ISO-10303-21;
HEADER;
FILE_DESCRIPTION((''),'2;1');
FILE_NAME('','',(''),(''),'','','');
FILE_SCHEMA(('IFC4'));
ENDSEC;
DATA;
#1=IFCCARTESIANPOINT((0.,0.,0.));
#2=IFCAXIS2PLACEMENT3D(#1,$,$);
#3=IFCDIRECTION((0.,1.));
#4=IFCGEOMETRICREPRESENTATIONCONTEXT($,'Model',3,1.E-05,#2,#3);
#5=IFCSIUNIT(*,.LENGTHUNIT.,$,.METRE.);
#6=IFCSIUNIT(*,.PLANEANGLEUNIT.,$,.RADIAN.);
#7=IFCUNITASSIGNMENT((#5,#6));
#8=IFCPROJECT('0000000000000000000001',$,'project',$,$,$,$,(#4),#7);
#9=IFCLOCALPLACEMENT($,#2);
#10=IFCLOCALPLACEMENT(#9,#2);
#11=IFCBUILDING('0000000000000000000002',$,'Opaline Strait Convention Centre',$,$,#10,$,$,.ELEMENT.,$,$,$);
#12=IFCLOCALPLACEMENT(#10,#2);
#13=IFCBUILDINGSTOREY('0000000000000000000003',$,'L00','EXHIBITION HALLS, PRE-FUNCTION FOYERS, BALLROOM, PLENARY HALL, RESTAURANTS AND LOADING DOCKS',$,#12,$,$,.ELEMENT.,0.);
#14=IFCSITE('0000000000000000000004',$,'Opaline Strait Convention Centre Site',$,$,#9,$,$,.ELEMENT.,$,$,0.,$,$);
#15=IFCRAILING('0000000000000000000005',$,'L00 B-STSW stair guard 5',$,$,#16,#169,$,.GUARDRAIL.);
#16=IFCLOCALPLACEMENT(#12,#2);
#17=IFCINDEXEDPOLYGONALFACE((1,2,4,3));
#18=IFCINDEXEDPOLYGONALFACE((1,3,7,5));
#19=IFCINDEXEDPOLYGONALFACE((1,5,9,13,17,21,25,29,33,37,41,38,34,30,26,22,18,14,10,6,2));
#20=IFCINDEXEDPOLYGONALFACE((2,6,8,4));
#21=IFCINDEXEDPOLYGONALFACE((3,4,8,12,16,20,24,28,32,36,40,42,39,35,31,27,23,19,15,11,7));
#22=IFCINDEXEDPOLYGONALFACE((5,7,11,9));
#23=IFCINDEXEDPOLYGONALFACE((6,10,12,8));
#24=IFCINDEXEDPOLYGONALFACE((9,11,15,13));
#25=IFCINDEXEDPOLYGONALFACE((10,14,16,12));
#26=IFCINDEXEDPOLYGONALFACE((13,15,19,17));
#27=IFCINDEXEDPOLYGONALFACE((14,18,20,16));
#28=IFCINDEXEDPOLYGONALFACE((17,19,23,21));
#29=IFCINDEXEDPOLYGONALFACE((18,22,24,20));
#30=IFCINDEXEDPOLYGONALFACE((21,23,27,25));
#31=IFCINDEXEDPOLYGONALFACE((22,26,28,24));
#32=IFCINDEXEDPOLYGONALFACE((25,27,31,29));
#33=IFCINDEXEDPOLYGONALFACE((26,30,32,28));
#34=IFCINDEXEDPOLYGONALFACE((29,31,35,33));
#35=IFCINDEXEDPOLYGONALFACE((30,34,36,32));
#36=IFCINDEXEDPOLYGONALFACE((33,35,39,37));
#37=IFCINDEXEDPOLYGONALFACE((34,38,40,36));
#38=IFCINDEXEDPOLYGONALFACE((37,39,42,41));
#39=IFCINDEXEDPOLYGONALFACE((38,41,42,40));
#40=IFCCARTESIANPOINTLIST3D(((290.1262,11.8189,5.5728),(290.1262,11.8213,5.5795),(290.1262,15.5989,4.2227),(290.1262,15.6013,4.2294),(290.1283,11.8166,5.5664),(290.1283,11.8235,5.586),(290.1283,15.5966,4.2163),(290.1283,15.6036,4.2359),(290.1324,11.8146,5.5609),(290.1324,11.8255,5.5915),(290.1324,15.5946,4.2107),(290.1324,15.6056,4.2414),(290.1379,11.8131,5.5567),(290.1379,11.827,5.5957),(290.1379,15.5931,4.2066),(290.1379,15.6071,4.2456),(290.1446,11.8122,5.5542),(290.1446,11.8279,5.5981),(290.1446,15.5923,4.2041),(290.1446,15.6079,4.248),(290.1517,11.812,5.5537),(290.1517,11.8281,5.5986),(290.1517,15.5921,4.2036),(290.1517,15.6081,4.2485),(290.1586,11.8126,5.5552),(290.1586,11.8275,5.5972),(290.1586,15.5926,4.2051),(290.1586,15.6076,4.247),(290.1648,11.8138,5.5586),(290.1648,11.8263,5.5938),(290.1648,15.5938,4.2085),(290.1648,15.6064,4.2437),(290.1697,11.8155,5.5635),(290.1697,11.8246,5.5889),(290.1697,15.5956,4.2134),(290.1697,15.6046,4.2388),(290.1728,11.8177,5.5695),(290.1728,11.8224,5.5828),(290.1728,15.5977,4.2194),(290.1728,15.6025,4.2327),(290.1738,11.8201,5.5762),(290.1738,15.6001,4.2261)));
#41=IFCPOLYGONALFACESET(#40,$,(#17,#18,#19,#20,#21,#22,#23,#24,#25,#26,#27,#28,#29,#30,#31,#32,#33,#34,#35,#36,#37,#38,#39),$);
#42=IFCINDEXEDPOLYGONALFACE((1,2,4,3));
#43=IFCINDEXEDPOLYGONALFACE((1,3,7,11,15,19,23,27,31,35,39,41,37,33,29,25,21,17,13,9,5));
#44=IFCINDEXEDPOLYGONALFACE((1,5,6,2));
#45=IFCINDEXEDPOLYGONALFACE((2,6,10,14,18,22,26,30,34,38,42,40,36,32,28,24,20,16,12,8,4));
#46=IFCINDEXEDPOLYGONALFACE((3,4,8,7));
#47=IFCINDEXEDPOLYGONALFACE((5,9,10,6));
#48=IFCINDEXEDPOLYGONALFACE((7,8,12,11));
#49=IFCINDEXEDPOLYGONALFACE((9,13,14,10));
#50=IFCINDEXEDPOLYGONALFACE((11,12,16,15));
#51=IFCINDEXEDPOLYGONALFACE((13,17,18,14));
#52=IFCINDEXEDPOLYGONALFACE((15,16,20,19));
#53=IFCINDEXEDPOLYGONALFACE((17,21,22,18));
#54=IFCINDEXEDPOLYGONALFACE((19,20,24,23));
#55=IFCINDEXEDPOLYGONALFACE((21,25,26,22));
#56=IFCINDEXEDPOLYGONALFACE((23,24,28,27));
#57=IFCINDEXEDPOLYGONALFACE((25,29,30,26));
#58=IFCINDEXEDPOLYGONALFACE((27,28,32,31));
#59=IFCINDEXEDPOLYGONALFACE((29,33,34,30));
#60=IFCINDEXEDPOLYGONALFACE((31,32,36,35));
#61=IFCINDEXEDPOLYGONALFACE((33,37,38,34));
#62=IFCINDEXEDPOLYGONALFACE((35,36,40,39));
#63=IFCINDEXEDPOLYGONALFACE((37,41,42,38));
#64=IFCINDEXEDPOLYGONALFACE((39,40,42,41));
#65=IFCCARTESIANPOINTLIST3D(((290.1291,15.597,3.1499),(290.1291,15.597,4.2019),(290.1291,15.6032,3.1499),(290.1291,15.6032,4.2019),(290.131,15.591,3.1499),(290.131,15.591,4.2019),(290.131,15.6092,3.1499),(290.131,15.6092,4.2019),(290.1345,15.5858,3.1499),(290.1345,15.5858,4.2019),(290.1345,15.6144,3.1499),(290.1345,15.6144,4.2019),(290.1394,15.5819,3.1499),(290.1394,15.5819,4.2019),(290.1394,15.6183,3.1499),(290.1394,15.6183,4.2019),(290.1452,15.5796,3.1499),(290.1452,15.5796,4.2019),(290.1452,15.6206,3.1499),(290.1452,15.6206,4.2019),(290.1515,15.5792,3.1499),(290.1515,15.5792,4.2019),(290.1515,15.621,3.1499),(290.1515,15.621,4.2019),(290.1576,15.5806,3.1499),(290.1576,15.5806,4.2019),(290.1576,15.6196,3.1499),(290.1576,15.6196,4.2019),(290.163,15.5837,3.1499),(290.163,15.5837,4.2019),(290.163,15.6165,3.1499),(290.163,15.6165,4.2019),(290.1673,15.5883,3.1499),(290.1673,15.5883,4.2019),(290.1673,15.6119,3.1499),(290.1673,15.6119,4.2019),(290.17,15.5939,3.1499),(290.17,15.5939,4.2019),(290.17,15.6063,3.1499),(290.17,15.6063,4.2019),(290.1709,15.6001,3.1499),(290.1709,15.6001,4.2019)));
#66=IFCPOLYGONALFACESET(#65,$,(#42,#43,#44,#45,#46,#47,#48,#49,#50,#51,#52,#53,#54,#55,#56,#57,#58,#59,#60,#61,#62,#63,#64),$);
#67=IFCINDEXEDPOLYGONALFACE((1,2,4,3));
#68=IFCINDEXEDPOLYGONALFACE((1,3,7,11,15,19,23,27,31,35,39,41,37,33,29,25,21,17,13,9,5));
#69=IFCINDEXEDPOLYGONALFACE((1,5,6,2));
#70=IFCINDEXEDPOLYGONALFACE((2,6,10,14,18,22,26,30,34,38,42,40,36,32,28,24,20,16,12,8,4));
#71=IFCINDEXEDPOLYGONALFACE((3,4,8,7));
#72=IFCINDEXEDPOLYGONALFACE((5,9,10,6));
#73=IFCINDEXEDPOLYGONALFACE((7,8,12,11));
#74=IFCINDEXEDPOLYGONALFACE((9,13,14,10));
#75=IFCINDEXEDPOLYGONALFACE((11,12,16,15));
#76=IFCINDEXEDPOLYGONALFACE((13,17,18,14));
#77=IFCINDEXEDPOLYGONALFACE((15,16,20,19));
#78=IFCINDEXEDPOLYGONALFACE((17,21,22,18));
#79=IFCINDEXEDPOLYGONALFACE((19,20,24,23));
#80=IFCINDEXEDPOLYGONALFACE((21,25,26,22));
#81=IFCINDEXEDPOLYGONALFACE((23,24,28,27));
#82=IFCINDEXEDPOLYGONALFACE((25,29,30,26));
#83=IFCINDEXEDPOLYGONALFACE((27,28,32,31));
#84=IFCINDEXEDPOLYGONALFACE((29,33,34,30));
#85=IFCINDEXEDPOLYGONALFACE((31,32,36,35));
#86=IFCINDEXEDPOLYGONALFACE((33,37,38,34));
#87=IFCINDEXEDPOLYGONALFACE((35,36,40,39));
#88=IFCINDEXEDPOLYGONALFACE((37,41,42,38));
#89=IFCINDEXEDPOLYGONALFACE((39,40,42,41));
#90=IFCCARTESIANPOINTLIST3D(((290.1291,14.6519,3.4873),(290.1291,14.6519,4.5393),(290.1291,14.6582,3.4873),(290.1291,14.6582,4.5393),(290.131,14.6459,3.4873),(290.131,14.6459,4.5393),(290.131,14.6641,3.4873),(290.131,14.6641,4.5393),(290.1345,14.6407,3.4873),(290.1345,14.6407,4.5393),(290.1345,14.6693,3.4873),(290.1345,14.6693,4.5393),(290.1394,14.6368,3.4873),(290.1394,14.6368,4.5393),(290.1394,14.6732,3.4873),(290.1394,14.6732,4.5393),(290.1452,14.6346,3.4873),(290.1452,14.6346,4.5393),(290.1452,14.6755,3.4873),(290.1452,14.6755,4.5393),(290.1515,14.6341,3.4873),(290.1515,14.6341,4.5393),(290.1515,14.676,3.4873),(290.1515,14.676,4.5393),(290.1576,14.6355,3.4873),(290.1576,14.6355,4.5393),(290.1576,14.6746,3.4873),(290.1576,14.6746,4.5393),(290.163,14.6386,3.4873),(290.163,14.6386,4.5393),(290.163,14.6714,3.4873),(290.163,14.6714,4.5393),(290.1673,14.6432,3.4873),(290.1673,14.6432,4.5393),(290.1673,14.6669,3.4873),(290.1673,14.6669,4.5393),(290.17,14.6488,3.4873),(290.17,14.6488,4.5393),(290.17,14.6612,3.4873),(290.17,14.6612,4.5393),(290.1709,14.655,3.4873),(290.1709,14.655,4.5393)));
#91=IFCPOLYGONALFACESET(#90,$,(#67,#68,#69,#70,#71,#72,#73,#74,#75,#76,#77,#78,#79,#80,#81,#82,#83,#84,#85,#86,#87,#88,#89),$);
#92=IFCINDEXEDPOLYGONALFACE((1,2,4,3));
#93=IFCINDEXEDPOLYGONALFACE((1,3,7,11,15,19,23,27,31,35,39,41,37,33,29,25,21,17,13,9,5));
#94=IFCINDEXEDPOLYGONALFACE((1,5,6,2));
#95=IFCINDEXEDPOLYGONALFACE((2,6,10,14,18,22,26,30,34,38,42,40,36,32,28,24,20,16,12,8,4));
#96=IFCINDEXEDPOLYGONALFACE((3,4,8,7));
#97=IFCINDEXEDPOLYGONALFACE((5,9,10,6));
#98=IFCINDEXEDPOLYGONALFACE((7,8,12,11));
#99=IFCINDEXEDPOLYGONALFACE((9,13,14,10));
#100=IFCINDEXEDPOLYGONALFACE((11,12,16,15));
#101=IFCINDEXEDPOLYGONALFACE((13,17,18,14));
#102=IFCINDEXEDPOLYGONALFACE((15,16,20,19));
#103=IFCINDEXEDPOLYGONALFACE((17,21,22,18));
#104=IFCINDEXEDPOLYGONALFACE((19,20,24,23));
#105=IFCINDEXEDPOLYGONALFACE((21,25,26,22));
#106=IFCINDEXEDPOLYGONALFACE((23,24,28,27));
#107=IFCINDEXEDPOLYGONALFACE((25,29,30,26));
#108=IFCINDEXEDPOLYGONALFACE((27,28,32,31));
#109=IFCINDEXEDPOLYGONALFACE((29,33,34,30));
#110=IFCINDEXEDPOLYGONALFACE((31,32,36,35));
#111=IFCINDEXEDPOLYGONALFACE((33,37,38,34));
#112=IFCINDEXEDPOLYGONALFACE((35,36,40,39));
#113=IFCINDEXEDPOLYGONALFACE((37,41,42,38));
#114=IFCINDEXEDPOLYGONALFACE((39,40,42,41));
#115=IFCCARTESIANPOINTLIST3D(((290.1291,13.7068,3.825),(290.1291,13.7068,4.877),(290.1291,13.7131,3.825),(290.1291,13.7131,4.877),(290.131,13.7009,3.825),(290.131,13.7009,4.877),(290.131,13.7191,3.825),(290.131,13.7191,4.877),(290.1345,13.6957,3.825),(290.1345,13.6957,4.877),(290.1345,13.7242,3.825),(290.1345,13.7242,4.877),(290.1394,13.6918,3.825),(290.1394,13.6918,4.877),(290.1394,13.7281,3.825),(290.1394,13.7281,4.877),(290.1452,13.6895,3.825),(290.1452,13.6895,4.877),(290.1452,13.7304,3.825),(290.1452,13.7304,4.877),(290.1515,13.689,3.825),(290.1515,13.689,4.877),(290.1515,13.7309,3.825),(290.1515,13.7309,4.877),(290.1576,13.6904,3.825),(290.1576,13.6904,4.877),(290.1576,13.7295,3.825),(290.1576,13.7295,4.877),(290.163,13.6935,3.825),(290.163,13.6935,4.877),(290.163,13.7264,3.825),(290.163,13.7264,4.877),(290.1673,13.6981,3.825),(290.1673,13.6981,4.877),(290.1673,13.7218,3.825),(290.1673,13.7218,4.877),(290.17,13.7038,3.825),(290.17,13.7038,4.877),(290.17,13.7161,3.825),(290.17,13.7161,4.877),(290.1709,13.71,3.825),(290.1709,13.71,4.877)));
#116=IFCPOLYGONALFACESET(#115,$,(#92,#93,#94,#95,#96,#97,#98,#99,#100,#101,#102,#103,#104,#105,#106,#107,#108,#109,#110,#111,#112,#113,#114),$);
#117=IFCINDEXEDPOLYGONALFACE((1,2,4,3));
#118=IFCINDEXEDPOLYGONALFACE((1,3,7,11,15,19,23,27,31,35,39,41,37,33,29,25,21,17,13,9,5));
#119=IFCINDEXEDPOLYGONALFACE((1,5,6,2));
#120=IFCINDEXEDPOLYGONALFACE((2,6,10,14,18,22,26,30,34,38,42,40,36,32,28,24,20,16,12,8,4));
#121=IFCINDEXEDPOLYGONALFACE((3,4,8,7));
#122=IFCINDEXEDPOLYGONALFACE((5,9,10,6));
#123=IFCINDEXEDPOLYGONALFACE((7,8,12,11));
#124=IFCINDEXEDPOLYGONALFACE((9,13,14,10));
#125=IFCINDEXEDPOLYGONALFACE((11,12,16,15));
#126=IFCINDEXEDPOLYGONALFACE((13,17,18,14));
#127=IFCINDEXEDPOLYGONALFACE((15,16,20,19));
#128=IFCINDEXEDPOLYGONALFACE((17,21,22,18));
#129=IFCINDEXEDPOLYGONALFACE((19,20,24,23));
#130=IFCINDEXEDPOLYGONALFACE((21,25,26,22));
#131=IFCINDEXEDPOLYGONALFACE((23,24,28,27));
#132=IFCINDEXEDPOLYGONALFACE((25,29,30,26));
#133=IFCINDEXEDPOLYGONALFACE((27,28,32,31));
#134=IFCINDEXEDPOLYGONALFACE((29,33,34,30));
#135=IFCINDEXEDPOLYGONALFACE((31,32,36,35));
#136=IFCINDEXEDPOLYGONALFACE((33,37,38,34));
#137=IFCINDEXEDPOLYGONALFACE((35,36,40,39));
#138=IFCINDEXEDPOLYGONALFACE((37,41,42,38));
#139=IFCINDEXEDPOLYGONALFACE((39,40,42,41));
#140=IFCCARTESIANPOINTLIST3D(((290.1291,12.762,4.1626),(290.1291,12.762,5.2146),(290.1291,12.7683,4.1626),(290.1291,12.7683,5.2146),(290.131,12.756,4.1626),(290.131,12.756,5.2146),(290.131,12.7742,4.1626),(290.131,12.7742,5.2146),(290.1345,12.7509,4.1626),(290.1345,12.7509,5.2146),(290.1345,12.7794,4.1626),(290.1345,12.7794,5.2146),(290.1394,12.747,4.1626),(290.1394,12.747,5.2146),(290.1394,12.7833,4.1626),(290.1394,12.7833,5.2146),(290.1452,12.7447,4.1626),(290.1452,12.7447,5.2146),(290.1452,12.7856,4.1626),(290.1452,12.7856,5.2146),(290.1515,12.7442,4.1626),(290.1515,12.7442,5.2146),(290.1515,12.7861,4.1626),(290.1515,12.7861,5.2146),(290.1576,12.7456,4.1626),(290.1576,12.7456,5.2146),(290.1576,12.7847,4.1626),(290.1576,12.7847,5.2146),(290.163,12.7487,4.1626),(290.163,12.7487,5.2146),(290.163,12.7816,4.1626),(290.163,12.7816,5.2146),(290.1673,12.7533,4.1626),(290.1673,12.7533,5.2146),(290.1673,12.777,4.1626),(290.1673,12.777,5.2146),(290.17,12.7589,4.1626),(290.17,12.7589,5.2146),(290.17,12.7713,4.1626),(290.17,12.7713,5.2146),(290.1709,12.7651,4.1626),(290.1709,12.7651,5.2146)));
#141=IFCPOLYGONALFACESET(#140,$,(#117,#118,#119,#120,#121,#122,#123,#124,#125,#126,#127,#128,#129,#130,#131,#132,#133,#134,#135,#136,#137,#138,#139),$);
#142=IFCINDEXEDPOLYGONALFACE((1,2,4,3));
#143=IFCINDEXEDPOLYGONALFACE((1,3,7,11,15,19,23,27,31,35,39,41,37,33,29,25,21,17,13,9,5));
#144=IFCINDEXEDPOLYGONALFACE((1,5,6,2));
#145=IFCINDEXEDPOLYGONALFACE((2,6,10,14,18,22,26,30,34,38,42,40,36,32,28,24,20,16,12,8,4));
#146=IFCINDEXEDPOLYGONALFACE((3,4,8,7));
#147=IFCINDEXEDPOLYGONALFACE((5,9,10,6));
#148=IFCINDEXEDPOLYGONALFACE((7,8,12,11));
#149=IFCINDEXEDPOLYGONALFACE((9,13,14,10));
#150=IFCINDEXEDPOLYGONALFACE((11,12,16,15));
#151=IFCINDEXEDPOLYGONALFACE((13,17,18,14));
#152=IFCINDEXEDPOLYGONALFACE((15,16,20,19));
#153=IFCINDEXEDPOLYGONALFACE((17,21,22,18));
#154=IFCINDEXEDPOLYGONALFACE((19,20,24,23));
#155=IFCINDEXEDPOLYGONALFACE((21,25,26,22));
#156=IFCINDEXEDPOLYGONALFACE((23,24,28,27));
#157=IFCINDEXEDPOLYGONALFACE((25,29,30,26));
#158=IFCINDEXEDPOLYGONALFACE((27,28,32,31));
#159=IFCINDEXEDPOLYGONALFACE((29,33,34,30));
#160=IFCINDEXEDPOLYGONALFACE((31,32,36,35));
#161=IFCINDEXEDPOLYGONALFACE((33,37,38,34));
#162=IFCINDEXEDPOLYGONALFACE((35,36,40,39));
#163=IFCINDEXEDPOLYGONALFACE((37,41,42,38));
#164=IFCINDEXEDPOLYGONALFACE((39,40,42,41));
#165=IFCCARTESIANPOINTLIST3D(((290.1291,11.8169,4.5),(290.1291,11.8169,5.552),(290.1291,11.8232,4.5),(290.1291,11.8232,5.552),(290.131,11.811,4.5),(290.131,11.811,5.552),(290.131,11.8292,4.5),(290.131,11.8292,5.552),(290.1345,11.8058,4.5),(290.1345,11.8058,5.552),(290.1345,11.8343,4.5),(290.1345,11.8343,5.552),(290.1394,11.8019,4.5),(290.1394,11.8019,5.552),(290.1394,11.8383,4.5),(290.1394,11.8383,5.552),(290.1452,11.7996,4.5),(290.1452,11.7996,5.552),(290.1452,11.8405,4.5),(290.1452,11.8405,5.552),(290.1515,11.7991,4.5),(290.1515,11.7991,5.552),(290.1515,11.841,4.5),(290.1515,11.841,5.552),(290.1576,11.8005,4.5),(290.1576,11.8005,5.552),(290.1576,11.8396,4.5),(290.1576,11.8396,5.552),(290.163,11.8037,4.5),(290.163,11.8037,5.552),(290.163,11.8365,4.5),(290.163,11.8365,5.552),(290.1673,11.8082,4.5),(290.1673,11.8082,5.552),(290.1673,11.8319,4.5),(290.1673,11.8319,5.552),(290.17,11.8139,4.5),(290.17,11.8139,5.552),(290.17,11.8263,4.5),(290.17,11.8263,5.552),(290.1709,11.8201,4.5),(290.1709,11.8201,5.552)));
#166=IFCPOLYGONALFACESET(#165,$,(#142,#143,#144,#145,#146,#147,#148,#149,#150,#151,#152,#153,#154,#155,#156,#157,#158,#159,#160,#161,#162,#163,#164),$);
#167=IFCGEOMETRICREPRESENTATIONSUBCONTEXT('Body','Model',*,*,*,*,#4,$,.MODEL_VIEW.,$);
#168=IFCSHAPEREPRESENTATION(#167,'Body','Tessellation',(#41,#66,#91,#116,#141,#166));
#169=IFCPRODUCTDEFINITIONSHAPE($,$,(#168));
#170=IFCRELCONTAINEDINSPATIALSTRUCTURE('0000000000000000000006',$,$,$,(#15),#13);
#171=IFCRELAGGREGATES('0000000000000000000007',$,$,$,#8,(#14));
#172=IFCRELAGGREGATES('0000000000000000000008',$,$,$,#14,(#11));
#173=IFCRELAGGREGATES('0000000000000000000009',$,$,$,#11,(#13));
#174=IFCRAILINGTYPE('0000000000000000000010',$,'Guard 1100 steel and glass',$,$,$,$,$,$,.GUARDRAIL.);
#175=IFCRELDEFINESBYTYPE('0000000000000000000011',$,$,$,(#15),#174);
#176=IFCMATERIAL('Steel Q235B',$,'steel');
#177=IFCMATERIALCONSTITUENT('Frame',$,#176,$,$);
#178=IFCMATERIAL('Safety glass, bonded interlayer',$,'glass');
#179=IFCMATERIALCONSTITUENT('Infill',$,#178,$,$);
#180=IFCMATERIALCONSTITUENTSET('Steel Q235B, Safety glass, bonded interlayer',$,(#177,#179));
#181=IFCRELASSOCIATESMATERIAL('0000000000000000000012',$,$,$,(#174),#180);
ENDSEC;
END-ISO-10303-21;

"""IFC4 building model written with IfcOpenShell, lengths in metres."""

from ifc_helpers import new_model, si_unit, direction, frame, origin, origin_2d, place, context, subcontext, project, spatial, circle, extrude, material, constituent, constituent_set, type_object, element, save


model = new_model("IFC4")

# Units and contexts
model_context = context("Model", 3, precision=1e-05, world=origin(), true_north=direction((0.0, 1.0)))
body_context = subcontext(model_context, "Body", "Model", "MODEL_VIEW")
ifc_project = project(units=[si_unit("LENGTHUNIT", "METRE"), si_unit("PLANEANGLEUNIT", "RADIAN")], contexts=[model_context])

# Site, building, storey
site_placement = place(None, origin())
site = spatial("IfcSite", under=ifc_project, at=site_placement, Name="Opaline Strait Convention Centre Site", CompositionType="ELEMENT", RefElevation=0.0)
building_placement = place(site_placement, origin())
building = spatial("IfcBuilding", under=site, at=building_placement, Name="Opaline Strait Convention Centre", CompositionType="ELEMENT")
storey_placement = place(building_placement, origin())
storey = spatial("IfcBuildingStorey", under=building, at=storey_placement, Name="L00", Description="EXHIBITION HALLS, PRE-FUNCTION FOYERS, BALLROOM, PLENARY HALL, RESTAURANTS AND LOADING DOCKS", CompositionType="ELEMENT", Elevation=0.0)

# Shared definitions
ifc_material_1 = material(Name="Steel Q235B", Category="steel")

# Railing
ifc_constituent_1 = constituent(ifc_material_1, Name="Frame")
ifc_material_2 = material(Name="Safety glass, bonded interlayer", Category="glass")
ifc_constituent_2 = constituent(ifc_material_2, Name="Infill")
ifc_constituent_set = constituent_set(constituents=[ifc_constituent_1, ifc_constituent_2], Name="Steel Q235B, Safety glass, bonded interlayer")
railing_type_1 = type_object("IfcRailingType", Name="Guard 1100 steel and glass", PredefinedType="GUARDRAIL", material=ifc_constituent_set)
railing_1_placement = place(storey_placement, frame((290.1499, 15.6001, 3.1499)))
element("IfcRailing", 1, at=railing_1_placement, inside=storey, type_object=railing_type_1, Name="L00 B-STSW stair guard 5", PredefinedType="GUARDRAIL", context=body_context, shape_type="SweptSolid", body=[
    extrude(circle(Radius=0.0239, at=origin_2d()), frame((0.0, 0.0, 1.0762), z_axis=(0.0, -0.941735, 0.336356), x_axis=(1.0, 0.0, 0.0)), (0.0, 0.0, 1.0), 4.0139),
    extrude(circle(Radius=0.021, at=origin_2d()), origin(), (0.0, 0.0, 1.0), 1.052),
    extrude(circle(Radius=0.021, at=origin_2d()), frame((0.0, -0.9451, 0.3374)), (0.0, 0.0, 1.0), 1.052),
    extrude(circle(Radius=0.021, at=origin_2d()), frame((0.0, -1.8901, 0.675)), (0.0, 0.0, 1.0), 1.052),
    extrude(circle(Radius=0.021, at=origin_2d()), frame((0.0, -2.835, 1.0127)), (0.0, 0.0, 1.0), 1.052),
    extrude(circle(Radius=0.021, at=origin_2d()), frame((0.0, -3.78, 1.3501)), (0.0, 0.0, 1.0), 1.052),
])

save(model, "model.ifc")
